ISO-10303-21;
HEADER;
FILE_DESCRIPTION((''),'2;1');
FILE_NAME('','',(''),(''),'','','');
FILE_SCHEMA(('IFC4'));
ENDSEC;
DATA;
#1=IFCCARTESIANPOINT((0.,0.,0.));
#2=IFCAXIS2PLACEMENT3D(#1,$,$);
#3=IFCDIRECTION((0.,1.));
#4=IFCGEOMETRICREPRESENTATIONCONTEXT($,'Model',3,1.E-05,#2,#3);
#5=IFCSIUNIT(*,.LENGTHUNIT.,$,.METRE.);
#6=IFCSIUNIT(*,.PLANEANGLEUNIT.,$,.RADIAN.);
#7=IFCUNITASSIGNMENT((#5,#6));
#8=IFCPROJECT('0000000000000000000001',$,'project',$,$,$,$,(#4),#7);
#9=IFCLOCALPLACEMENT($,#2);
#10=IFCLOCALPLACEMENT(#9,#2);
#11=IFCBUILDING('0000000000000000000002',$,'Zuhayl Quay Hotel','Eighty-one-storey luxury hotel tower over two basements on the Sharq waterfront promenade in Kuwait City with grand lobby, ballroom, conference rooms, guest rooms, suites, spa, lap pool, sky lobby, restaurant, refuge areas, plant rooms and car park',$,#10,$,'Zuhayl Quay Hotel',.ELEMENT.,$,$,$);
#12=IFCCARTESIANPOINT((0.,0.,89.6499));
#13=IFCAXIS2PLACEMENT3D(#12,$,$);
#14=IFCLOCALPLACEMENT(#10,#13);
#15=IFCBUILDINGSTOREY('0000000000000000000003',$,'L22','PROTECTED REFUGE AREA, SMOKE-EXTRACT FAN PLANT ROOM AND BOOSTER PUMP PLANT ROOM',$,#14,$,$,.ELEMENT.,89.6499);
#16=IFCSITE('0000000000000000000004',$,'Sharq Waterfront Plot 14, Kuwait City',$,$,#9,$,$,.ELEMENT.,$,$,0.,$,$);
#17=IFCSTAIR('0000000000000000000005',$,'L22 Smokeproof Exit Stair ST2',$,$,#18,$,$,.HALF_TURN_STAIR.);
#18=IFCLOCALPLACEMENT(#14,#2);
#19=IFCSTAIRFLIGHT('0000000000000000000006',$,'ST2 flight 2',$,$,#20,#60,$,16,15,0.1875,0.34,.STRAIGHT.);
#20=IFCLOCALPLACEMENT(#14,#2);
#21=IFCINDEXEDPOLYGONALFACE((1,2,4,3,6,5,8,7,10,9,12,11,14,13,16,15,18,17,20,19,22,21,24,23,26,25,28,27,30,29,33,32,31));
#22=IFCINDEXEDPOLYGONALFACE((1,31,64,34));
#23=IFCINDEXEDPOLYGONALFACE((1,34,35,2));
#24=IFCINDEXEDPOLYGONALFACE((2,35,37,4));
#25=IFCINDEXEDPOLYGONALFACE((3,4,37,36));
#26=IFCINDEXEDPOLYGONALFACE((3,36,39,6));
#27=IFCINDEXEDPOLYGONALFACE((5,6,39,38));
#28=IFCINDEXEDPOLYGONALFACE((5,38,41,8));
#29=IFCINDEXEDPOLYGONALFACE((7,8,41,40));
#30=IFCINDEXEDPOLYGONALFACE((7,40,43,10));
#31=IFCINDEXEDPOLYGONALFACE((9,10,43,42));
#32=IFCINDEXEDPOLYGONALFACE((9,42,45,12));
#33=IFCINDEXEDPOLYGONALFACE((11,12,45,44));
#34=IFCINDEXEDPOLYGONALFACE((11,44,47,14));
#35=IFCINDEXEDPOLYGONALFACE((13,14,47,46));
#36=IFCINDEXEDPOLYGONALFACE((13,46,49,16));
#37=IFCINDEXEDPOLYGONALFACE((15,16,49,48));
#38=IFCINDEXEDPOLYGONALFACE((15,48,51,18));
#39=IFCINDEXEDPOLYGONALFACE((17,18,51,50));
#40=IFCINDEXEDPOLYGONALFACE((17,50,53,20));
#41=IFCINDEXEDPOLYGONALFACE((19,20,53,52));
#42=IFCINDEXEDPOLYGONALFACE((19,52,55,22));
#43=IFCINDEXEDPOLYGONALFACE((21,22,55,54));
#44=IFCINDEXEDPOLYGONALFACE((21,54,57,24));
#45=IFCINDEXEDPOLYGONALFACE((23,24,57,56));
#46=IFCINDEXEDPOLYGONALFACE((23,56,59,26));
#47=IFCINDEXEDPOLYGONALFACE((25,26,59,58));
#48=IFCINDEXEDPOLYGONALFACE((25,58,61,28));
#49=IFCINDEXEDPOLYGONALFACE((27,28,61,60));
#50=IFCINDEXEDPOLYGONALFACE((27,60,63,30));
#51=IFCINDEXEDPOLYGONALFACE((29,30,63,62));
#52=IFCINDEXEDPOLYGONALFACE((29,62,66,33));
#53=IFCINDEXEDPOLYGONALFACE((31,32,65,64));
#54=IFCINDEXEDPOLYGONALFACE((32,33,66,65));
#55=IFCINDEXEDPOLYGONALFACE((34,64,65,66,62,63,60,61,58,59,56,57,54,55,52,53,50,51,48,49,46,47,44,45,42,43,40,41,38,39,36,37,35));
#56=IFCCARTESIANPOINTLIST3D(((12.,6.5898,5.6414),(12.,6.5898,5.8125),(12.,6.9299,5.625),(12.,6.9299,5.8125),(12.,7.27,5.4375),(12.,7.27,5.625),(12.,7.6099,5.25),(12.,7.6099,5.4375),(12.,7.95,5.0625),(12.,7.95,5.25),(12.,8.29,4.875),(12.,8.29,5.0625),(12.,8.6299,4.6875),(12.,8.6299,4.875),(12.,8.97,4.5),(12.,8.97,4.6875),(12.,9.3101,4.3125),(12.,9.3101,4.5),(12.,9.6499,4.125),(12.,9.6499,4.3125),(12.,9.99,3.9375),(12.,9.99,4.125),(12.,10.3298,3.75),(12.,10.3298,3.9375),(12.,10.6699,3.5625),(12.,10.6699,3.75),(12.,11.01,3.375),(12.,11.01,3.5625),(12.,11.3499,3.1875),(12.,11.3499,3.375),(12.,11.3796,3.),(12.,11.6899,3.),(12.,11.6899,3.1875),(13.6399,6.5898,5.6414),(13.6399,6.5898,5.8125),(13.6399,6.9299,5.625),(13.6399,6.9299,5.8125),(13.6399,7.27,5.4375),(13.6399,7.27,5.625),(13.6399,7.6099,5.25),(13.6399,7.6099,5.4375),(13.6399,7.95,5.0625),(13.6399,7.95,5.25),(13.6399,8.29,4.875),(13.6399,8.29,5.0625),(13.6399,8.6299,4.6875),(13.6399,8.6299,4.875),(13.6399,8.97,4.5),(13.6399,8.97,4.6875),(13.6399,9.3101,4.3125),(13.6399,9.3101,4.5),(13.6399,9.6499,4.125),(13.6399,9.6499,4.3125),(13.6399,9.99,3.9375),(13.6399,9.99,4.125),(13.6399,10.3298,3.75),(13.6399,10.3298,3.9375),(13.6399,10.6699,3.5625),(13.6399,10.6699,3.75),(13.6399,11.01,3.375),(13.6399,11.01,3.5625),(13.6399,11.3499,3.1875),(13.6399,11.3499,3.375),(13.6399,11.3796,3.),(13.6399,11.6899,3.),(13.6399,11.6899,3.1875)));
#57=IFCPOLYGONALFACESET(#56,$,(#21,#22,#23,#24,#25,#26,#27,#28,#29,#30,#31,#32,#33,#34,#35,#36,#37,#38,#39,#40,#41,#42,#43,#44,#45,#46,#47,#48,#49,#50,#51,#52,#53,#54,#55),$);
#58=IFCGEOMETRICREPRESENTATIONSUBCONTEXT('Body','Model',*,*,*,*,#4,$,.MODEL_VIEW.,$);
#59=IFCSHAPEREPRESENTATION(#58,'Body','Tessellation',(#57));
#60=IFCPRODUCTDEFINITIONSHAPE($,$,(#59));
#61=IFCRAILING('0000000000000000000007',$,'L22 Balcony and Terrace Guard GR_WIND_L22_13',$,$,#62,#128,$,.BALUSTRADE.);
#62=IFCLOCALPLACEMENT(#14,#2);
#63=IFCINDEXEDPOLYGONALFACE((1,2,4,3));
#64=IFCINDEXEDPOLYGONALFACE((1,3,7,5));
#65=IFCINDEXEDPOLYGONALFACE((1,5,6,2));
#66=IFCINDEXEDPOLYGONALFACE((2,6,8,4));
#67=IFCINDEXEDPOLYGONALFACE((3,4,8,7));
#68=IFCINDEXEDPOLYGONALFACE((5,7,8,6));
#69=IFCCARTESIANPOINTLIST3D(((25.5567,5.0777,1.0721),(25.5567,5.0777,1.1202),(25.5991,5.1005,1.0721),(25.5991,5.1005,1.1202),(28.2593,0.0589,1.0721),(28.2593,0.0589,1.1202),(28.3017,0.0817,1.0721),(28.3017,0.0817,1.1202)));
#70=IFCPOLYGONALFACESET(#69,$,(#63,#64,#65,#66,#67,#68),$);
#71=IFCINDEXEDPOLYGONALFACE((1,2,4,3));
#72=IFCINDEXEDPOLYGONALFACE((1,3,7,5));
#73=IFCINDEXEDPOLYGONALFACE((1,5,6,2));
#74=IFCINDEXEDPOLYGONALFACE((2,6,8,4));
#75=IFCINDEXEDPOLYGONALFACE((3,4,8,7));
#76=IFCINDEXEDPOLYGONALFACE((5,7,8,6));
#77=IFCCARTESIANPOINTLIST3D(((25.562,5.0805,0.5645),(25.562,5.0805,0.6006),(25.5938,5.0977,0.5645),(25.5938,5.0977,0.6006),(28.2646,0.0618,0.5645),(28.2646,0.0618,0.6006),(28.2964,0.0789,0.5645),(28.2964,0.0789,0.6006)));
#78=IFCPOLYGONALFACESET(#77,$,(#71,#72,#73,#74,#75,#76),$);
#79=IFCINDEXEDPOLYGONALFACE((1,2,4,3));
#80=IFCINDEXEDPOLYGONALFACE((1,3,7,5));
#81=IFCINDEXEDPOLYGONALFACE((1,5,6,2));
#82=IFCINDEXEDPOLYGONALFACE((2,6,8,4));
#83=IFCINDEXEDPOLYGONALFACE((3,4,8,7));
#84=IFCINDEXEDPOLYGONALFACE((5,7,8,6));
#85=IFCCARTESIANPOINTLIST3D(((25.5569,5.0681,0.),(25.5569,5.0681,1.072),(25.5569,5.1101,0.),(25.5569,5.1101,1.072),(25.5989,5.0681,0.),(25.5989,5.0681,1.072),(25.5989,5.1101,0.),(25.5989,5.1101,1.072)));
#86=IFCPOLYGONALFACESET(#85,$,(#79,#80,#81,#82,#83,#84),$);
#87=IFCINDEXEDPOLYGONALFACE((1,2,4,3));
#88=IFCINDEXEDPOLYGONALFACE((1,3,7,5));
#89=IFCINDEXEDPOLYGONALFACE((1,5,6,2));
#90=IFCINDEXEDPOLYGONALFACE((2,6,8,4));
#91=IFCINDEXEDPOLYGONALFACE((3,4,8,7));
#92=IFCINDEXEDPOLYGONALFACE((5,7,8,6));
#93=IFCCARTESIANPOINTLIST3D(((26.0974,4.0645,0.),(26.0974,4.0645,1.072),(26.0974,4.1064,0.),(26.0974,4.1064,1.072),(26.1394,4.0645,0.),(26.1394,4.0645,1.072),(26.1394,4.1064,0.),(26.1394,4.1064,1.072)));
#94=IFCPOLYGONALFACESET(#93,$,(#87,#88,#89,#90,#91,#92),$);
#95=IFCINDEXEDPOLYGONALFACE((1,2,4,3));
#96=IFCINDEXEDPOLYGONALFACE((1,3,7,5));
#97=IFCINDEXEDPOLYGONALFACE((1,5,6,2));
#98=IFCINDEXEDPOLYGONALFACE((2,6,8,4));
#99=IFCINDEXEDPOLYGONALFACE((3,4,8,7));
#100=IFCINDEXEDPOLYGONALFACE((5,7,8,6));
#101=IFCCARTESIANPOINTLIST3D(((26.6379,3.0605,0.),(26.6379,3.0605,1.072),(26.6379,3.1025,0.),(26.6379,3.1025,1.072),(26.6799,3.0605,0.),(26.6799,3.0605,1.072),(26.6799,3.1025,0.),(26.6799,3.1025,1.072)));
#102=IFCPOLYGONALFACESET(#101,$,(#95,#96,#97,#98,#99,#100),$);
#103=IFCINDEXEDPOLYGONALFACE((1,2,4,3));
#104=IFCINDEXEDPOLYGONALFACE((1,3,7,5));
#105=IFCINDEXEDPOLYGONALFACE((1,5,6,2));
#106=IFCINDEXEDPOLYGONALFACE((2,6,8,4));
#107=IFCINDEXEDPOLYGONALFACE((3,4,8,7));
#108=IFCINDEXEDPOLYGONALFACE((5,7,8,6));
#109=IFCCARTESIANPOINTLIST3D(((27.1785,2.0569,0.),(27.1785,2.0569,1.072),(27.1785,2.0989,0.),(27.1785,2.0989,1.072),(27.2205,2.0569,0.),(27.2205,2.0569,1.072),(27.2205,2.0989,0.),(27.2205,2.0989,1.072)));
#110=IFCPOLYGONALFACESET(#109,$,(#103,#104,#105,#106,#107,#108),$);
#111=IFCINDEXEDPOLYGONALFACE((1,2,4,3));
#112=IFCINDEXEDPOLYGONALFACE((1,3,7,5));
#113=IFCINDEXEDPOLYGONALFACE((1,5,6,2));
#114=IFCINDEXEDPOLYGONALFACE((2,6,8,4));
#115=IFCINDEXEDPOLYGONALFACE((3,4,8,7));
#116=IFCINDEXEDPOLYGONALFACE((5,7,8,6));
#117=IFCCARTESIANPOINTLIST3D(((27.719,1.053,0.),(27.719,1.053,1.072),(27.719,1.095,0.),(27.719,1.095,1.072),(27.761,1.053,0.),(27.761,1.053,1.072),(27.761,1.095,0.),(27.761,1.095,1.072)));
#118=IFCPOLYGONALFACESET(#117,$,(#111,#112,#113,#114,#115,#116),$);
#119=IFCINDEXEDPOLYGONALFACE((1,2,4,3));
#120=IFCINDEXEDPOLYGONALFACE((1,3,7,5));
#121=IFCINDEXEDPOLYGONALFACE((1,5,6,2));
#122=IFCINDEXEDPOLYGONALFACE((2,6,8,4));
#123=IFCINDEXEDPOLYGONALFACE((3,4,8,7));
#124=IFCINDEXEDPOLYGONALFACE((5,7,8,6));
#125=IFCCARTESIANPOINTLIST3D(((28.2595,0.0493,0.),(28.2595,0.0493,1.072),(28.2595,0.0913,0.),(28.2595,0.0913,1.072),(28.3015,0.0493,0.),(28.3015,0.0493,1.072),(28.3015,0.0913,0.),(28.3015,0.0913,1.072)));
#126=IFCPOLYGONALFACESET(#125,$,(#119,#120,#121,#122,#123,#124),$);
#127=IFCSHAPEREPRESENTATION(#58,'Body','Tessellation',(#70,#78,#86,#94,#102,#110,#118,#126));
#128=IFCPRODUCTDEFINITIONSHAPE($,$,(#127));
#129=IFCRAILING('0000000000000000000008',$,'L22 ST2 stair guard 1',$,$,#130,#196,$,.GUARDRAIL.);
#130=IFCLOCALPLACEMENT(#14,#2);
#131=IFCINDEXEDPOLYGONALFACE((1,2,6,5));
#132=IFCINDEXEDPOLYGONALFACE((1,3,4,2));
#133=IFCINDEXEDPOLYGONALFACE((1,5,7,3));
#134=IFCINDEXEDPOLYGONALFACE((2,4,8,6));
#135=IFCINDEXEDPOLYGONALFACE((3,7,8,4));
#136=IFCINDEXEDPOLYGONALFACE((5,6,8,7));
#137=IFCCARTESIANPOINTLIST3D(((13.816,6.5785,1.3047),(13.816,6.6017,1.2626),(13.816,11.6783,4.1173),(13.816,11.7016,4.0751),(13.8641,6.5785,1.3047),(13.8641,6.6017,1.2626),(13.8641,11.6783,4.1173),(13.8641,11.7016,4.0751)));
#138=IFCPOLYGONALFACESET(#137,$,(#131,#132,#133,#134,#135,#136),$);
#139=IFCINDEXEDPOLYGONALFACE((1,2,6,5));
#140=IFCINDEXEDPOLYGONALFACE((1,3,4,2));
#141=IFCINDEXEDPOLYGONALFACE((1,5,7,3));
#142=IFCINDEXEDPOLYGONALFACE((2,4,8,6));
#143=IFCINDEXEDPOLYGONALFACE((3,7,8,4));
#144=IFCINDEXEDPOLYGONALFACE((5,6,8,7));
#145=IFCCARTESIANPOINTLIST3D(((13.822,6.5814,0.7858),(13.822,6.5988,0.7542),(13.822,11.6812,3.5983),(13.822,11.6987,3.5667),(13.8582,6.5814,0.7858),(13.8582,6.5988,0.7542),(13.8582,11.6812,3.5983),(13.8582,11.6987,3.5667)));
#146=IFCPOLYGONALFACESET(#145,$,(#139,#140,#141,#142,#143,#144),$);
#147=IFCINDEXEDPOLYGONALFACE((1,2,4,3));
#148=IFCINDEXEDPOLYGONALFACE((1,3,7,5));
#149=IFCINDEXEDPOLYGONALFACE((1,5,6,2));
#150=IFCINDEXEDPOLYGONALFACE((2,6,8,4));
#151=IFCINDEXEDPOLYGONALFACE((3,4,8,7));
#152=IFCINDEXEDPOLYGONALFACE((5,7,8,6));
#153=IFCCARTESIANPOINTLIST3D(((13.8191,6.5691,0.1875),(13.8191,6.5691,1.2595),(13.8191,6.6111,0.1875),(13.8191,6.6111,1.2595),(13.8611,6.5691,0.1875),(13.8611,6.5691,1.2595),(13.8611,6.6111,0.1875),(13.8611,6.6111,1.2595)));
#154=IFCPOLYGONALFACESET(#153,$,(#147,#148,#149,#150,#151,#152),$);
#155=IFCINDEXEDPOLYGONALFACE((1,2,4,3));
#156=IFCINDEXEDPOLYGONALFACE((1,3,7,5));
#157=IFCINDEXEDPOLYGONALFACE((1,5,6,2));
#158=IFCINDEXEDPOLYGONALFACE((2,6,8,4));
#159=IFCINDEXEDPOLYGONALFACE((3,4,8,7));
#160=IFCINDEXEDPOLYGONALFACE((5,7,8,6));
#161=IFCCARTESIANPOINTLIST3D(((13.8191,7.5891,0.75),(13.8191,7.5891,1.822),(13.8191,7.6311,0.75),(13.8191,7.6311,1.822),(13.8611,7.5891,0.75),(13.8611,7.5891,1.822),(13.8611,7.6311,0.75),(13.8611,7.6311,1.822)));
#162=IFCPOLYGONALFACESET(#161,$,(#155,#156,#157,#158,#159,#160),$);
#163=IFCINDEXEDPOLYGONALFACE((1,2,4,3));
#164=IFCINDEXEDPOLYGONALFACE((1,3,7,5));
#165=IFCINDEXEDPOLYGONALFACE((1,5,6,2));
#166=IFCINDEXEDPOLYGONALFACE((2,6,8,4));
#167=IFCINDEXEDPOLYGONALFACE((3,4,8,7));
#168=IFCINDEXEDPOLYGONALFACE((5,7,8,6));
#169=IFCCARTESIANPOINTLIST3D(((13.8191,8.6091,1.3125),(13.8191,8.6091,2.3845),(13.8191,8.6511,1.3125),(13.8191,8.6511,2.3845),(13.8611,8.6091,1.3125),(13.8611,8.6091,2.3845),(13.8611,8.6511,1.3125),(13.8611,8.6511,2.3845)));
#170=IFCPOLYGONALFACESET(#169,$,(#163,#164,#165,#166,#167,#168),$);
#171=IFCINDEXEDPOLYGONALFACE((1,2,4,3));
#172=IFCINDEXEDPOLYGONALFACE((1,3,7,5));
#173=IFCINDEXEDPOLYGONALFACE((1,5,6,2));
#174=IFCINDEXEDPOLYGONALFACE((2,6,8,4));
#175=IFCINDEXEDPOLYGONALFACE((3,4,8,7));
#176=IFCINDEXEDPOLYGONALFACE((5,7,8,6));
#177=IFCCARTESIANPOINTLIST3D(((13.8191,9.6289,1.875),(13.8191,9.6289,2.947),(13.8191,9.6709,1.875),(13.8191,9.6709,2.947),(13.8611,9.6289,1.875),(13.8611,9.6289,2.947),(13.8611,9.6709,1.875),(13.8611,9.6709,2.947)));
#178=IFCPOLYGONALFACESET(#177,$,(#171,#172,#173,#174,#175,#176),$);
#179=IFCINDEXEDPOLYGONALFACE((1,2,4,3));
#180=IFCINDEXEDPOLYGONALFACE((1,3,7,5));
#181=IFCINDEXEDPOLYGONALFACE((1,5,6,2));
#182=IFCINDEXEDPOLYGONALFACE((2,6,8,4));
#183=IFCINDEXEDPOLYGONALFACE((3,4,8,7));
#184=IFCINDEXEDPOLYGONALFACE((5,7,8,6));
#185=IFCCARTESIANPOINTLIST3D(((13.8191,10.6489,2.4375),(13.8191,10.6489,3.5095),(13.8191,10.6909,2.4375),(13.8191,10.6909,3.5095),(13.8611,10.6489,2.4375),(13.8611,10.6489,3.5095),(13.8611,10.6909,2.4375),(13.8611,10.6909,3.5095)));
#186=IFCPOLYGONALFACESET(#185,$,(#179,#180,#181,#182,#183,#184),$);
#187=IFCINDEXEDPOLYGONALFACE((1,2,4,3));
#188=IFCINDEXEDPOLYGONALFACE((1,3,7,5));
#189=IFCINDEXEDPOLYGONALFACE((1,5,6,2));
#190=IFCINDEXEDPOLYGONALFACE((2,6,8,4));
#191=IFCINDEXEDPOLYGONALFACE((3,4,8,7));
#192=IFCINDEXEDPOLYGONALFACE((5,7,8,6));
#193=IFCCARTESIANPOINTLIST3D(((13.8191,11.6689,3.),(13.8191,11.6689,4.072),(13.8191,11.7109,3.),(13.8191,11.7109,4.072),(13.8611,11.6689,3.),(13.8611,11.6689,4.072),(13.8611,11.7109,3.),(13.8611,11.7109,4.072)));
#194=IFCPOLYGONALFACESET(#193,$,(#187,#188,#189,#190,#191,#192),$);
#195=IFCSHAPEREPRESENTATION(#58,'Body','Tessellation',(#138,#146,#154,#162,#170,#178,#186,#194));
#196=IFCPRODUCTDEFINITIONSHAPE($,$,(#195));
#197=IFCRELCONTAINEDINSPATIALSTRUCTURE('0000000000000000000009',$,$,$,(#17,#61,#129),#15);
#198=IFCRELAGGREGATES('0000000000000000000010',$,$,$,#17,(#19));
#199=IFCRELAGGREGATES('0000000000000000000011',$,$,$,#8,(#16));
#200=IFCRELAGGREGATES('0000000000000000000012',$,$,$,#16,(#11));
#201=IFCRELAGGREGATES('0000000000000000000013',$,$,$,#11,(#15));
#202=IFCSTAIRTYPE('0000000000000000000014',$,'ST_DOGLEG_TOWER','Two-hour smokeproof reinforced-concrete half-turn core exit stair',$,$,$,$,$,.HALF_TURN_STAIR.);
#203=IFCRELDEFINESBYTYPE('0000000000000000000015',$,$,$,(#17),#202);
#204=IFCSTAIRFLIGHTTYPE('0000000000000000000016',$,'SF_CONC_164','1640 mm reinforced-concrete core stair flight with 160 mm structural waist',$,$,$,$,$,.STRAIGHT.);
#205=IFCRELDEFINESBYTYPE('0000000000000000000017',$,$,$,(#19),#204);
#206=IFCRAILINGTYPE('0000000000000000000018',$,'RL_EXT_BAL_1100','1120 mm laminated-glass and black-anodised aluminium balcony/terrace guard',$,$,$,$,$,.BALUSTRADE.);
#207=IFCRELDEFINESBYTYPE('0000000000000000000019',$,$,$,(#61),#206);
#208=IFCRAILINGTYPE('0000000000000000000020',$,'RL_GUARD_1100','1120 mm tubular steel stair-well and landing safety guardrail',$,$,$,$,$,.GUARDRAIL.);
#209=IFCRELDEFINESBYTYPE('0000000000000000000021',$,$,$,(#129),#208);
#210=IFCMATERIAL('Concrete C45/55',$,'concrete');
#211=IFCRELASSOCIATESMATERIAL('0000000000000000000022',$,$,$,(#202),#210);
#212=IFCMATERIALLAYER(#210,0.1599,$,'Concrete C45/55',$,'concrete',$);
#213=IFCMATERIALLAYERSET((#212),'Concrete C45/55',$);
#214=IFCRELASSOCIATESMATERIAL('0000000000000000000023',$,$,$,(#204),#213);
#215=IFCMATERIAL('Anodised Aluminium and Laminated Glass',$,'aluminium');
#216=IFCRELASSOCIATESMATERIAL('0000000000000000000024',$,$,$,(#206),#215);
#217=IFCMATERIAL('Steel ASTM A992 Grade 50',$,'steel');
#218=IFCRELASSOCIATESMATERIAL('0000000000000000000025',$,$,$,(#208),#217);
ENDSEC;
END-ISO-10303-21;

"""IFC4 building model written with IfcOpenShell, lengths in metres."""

from ifc_helpers import new_model, si_unit, direction, frame, origin, origin_2d, place, context, subcontext, project, spatial, polyline, rectangle, outline, extrude, material, layer, layer_set, type_object, element, aggregate, save


model = new_model("IFC4")

# Units and contexts
model_context = context("Model", 3, precision=1e-05, world=origin(), true_north=direction((0.0, 1.0)))
body_context = subcontext(model_context, "Body", "Model", "MODEL_VIEW")
ifc_project = project(units=[si_unit("LENGTHUNIT", "METRE"), si_unit("PLANEANGLEUNIT", "RADIAN")], contexts=[model_context])

# Site, building, storey
site_placement = place(None, origin())
site = spatial("IfcSite", under=ifc_project, at=site_placement, Name="Sharq Waterfront Plot 14, Kuwait City", CompositionType="ELEMENT", RefElevation=0.0)
building_placement = place(site_placement, origin())
building = spatial("IfcBuilding", under=site, at=building_placement, Name="Zuhayl Quay Hotel", Description="Eighty-one-storey luxury hotel tower over two basements on the Sharq waterfront promenade in Kuwait City with grand lobby, ballroom, conference rooms, guest rooms, suites, spa, lap pool, sky lobby, restaurant, refuge areas, plant rooms and car park", LongName="Zuhayl Quay Hotel", CompositionType="ELEMENT")
storey_placement = place(building_placement, frame((0.0, 0.0, 89.6499)))
storey = spatial("IfcBuildingStorey", under=building, at=storey_placement, Name="L22", Description="PROTECTED REFUGE AREA, SMOKE-EXTRACT FAN PLANT ROOM AND BOOSTER PUMP PLANT ROOM", CompositionType="ELEMENT", Elevation=89.6499)

# Shared definitions
ifc_material_1 = material(Name="Steel ASTM A992 Grade 50", Category="steel")

# Stair, stair flight
ifc_material_2 = material(Name="Concrete C45/55", Category="concrete")
stair_type = type_object("IfcStairType", Name="ST_DOGLEG_TOWER", Description="Two-hour smokeproof reinforced-concrete half-turn core exit stair", PredefinedType="HALF_TURN_STAIR", material=ifc_material_2)
stair_placement = place(storey_placement, origin())
stair = element("IfcStair", 1, at=stair_placement, inside=storey, type_object=stair_type, Name="L22 Smokeproof Exit Stair ST2", PredefinedType="HALF_TURN_STAIR")
ifc_layer_1 = layer(ifc_material_2, 0.1599, Name="Concrete C45/55", Category="concrete")
ifc_layer_set_1 = layer_set([ifc_layer_1], Name="Concrete C45/55")
stair_flight_type = type_object("IfcStairFlightType", Name="SF_CONC_164", Description="1640 mm reinforced-concrete core stair flight with 160 mm structural waist", PredefinedType="STRAIGHT", material=ifc_layer_set_1)
stair_flight_1_placement = place(storey_placement, frame((12.8201, 11.6899, 3.0), z_axis=(0.0, 0.0, 1.0), x_axis=(0.0, -1.0, 0.0)))
stair_flight_1 = element("IfcStairFlight", 2, at=stair_flight_1_placement, type_object=stair_flight_type, Name="ST2 flight 2", NumberOfRisers=16, NumberOfTreads=15, PredefinedType="STRAIGHT", RiserHeight=0.1875, TreadLength=0.34, context=body_context, shape_type="SweptSolid", body=[
    extrude(outline(polyline([(0.0, 0.0), (0.0, 0.1875), (0.3401, 0.1875), (0.3401, 0.375), (0.6799, 0.375), (0.6799, 0.5625), (1.02, 0.5625), (1.02, 0.75), (1.3601, 0.75), (1.3601, 0.9375), (1.7, 0.9375), (1.7, 1.125), (2.04, 1.125), (2.04, 1.3125), (2.3799, 1.3125), (2.3799, 1.5), (2.72, 1.5), (2.72, 1.6875), (3.0601, 1.6875), (3.0601, 1.875), (3.3999, 1.875), (3.3999, 2.0625), (3.74, 2.0625), (3.74, 2.25), (4.0801, 2.25), (4.0801, 2.4375), (4.4199, 2.4375), (4.4199, 2.625), (4.76, 2.625), (4.76, 2.8125), (5.1001, 2.8125), (5.1001, 3.0), (5.1001, 2.6414), (0.3103, 0.0), (0.0, 0.0)])), frame((0.0, 0.8198, 0.0), z_axis=(0.0, -1.0, 0.0), x_axis=(1.0, 0.0, 0.0)), (0.0, 0.0, 1.0), 1.6399),
])
aggregate(stair, [stair_flight_1])

# Railings
ifc_material_3 = material(Name="Anodised Aluminium and Laminated Glass", Category="aluminium")
railing_type_1 = type_object("IfcRailingType", Name="RL_EXT_BAL_1100", Description="1120 mm laminated-glass and black-anodised aluminium balcony/terrace guard", PredefinedType="BALUSTRADE", material=ifc_material_3)
railing_1_placement = place(storey_placement, frame((25.5779, 5.0891, 0.0)))
element("IfcRailing", 3, at=railing_1_placement, inside=storey, type_object=railing_type_1, Name="L22 Balcony and Terrace Guard GR_WIND_L22_13", PredefinedType="BALUSTRADE", context=body_context, shape_type="SweptSolid", body=[
    extrude(rectangle(XDim=0.0481, YDim=0.0481, at=origin_2d()), frame((0.0, 0.0, 1.0962), z_axis=(0.474128, -0.880456, 0.0), x_axis=(0.880456, 0.474128, 0.0)), (0.0, 0.0, 1.0), 5.7002),
    extrude(rectangle(XDim=0.0361, YDim=0.0361, at=origin_2d()), frame((0.0, 0.0, 0.5825), z_axis=(0.474128, -0.880456, 0.0), x_axis=(0.880456, 0.474128, 0.0)), (0.0, 0.0, 1.0), 5.7002),
    extrude(rectangle(XDim=0.042, YDim=0.042, at=origin_2d()), origin(), (0.0, 0.0, 1.0), 1.072),
    extrude(rectangle(XDim=0.042, YDim=0.042, at=origin_2d()), frame((0.5405, -1.0037, 0.0)), (0.0, 0.0, 1.0), 1.072),
    extrude(rectangle(XDim=0.042, YDim=0.042, at=origin_2d()), frame((1.0811, -2.0076, 0.0)), (0.0, 0.0, 1.0), 1.072),
    extrude(rectangle(XDim=0.042, YDim=0.042, at=origin_2d()), frame((1.6216, -3.0112, 0.0)), (0.0, 0.0, 1.0), 1.072),
    extrude(rectangle(XDim=0.042, YDim=0.042, at=origin_2d()), frame((2.1621, -4.0151, 0.0)), (0.0, 0.0, 1.0), 1.072),
    extrude(rectangle(XDim=0.042, YDim=0.042, at=origin_2d()), frame((2.7026, -5.0188, 0.0)), (0.0, 0.0, 1.0), 1.072),
])
railing_type_2 = type_object("IfcRailingType", Name="RL_GUARD_1100", Description="1120 mm tubular steel stair-well and landing safety guardrail", PredefinedType="GUARDRAIL", material=ifc_material_1)
railing_2_placement = place(storey_placement, frame((13.8401, 6.5901, 0.1875)))
element("IfcRailing", 4, at=railing_2_placement, inside=storey, type_object=railing_type_2, Name="L22 ST2 stair guard 1", PredefinedType="GUARDRAIL", context=body_context, shape_type="SweptSolid", body=[
    extrude(rectangle(XDim=0.0481, YDim=0.0481, at=origin_2d()), frame((0.0, 0.0, 1.0962), z_axis=(0.0, 0.875666, 0.482918), x_axis=(-1.0, 0.0, 0.0)), (0.0, 0.0, 1.0), 5.824),
    extrude(rectangle(XDim=0.0361, YDim=0.0361, at=origin_2d()), frame((0.0, 0.0, 0.5825), z_axis=(0.0, 0.875666, 0.482918), x_axis=(-1.0, 0.0, 0.0)), (0.0, 0.0, 1.0), 5.824),
    extrude(rectangle(XDim=0.042, YDim=0.042, at=origin_2d()), origin(), (0.0, 0.0, 1.0), 1.072),
    extrude(rectangle(XDim=0.042, YDim=0.042, at=origin_2d()), frame((0.0, 1.02, 0.5625)), (0.0, 0.0, 1.0), 1.072),
    extrude(rectangle(XDim=0.042, YDim=0.042, at=origin_2d()), frame((0.0, 2.04, 1.125)), (0.0, 0.0, 1.0), 1.072),
    extrude(rectangle(XDim=0.042, YDim=0.042, at=origin_2d()), frame((0.0, 3.0598, 1.6875)), (0.0, 0.0, 1.0), 1.072),
    extrude(rectangle(XDim=0.042, YDim=0.042, at=origin_2d()), frame((0.0, 4.0798, 2.25)), (0.0, 0.0, 1.0), 1.072),
    extrude(rectangle(XDim=0.042, YDim=0.042, at=origin_2d()), frame((0.0, 5.0999, 2.8125)), (0.0, 0.0, 1.0), 1.072),
])

save(model, "model.ifc")
